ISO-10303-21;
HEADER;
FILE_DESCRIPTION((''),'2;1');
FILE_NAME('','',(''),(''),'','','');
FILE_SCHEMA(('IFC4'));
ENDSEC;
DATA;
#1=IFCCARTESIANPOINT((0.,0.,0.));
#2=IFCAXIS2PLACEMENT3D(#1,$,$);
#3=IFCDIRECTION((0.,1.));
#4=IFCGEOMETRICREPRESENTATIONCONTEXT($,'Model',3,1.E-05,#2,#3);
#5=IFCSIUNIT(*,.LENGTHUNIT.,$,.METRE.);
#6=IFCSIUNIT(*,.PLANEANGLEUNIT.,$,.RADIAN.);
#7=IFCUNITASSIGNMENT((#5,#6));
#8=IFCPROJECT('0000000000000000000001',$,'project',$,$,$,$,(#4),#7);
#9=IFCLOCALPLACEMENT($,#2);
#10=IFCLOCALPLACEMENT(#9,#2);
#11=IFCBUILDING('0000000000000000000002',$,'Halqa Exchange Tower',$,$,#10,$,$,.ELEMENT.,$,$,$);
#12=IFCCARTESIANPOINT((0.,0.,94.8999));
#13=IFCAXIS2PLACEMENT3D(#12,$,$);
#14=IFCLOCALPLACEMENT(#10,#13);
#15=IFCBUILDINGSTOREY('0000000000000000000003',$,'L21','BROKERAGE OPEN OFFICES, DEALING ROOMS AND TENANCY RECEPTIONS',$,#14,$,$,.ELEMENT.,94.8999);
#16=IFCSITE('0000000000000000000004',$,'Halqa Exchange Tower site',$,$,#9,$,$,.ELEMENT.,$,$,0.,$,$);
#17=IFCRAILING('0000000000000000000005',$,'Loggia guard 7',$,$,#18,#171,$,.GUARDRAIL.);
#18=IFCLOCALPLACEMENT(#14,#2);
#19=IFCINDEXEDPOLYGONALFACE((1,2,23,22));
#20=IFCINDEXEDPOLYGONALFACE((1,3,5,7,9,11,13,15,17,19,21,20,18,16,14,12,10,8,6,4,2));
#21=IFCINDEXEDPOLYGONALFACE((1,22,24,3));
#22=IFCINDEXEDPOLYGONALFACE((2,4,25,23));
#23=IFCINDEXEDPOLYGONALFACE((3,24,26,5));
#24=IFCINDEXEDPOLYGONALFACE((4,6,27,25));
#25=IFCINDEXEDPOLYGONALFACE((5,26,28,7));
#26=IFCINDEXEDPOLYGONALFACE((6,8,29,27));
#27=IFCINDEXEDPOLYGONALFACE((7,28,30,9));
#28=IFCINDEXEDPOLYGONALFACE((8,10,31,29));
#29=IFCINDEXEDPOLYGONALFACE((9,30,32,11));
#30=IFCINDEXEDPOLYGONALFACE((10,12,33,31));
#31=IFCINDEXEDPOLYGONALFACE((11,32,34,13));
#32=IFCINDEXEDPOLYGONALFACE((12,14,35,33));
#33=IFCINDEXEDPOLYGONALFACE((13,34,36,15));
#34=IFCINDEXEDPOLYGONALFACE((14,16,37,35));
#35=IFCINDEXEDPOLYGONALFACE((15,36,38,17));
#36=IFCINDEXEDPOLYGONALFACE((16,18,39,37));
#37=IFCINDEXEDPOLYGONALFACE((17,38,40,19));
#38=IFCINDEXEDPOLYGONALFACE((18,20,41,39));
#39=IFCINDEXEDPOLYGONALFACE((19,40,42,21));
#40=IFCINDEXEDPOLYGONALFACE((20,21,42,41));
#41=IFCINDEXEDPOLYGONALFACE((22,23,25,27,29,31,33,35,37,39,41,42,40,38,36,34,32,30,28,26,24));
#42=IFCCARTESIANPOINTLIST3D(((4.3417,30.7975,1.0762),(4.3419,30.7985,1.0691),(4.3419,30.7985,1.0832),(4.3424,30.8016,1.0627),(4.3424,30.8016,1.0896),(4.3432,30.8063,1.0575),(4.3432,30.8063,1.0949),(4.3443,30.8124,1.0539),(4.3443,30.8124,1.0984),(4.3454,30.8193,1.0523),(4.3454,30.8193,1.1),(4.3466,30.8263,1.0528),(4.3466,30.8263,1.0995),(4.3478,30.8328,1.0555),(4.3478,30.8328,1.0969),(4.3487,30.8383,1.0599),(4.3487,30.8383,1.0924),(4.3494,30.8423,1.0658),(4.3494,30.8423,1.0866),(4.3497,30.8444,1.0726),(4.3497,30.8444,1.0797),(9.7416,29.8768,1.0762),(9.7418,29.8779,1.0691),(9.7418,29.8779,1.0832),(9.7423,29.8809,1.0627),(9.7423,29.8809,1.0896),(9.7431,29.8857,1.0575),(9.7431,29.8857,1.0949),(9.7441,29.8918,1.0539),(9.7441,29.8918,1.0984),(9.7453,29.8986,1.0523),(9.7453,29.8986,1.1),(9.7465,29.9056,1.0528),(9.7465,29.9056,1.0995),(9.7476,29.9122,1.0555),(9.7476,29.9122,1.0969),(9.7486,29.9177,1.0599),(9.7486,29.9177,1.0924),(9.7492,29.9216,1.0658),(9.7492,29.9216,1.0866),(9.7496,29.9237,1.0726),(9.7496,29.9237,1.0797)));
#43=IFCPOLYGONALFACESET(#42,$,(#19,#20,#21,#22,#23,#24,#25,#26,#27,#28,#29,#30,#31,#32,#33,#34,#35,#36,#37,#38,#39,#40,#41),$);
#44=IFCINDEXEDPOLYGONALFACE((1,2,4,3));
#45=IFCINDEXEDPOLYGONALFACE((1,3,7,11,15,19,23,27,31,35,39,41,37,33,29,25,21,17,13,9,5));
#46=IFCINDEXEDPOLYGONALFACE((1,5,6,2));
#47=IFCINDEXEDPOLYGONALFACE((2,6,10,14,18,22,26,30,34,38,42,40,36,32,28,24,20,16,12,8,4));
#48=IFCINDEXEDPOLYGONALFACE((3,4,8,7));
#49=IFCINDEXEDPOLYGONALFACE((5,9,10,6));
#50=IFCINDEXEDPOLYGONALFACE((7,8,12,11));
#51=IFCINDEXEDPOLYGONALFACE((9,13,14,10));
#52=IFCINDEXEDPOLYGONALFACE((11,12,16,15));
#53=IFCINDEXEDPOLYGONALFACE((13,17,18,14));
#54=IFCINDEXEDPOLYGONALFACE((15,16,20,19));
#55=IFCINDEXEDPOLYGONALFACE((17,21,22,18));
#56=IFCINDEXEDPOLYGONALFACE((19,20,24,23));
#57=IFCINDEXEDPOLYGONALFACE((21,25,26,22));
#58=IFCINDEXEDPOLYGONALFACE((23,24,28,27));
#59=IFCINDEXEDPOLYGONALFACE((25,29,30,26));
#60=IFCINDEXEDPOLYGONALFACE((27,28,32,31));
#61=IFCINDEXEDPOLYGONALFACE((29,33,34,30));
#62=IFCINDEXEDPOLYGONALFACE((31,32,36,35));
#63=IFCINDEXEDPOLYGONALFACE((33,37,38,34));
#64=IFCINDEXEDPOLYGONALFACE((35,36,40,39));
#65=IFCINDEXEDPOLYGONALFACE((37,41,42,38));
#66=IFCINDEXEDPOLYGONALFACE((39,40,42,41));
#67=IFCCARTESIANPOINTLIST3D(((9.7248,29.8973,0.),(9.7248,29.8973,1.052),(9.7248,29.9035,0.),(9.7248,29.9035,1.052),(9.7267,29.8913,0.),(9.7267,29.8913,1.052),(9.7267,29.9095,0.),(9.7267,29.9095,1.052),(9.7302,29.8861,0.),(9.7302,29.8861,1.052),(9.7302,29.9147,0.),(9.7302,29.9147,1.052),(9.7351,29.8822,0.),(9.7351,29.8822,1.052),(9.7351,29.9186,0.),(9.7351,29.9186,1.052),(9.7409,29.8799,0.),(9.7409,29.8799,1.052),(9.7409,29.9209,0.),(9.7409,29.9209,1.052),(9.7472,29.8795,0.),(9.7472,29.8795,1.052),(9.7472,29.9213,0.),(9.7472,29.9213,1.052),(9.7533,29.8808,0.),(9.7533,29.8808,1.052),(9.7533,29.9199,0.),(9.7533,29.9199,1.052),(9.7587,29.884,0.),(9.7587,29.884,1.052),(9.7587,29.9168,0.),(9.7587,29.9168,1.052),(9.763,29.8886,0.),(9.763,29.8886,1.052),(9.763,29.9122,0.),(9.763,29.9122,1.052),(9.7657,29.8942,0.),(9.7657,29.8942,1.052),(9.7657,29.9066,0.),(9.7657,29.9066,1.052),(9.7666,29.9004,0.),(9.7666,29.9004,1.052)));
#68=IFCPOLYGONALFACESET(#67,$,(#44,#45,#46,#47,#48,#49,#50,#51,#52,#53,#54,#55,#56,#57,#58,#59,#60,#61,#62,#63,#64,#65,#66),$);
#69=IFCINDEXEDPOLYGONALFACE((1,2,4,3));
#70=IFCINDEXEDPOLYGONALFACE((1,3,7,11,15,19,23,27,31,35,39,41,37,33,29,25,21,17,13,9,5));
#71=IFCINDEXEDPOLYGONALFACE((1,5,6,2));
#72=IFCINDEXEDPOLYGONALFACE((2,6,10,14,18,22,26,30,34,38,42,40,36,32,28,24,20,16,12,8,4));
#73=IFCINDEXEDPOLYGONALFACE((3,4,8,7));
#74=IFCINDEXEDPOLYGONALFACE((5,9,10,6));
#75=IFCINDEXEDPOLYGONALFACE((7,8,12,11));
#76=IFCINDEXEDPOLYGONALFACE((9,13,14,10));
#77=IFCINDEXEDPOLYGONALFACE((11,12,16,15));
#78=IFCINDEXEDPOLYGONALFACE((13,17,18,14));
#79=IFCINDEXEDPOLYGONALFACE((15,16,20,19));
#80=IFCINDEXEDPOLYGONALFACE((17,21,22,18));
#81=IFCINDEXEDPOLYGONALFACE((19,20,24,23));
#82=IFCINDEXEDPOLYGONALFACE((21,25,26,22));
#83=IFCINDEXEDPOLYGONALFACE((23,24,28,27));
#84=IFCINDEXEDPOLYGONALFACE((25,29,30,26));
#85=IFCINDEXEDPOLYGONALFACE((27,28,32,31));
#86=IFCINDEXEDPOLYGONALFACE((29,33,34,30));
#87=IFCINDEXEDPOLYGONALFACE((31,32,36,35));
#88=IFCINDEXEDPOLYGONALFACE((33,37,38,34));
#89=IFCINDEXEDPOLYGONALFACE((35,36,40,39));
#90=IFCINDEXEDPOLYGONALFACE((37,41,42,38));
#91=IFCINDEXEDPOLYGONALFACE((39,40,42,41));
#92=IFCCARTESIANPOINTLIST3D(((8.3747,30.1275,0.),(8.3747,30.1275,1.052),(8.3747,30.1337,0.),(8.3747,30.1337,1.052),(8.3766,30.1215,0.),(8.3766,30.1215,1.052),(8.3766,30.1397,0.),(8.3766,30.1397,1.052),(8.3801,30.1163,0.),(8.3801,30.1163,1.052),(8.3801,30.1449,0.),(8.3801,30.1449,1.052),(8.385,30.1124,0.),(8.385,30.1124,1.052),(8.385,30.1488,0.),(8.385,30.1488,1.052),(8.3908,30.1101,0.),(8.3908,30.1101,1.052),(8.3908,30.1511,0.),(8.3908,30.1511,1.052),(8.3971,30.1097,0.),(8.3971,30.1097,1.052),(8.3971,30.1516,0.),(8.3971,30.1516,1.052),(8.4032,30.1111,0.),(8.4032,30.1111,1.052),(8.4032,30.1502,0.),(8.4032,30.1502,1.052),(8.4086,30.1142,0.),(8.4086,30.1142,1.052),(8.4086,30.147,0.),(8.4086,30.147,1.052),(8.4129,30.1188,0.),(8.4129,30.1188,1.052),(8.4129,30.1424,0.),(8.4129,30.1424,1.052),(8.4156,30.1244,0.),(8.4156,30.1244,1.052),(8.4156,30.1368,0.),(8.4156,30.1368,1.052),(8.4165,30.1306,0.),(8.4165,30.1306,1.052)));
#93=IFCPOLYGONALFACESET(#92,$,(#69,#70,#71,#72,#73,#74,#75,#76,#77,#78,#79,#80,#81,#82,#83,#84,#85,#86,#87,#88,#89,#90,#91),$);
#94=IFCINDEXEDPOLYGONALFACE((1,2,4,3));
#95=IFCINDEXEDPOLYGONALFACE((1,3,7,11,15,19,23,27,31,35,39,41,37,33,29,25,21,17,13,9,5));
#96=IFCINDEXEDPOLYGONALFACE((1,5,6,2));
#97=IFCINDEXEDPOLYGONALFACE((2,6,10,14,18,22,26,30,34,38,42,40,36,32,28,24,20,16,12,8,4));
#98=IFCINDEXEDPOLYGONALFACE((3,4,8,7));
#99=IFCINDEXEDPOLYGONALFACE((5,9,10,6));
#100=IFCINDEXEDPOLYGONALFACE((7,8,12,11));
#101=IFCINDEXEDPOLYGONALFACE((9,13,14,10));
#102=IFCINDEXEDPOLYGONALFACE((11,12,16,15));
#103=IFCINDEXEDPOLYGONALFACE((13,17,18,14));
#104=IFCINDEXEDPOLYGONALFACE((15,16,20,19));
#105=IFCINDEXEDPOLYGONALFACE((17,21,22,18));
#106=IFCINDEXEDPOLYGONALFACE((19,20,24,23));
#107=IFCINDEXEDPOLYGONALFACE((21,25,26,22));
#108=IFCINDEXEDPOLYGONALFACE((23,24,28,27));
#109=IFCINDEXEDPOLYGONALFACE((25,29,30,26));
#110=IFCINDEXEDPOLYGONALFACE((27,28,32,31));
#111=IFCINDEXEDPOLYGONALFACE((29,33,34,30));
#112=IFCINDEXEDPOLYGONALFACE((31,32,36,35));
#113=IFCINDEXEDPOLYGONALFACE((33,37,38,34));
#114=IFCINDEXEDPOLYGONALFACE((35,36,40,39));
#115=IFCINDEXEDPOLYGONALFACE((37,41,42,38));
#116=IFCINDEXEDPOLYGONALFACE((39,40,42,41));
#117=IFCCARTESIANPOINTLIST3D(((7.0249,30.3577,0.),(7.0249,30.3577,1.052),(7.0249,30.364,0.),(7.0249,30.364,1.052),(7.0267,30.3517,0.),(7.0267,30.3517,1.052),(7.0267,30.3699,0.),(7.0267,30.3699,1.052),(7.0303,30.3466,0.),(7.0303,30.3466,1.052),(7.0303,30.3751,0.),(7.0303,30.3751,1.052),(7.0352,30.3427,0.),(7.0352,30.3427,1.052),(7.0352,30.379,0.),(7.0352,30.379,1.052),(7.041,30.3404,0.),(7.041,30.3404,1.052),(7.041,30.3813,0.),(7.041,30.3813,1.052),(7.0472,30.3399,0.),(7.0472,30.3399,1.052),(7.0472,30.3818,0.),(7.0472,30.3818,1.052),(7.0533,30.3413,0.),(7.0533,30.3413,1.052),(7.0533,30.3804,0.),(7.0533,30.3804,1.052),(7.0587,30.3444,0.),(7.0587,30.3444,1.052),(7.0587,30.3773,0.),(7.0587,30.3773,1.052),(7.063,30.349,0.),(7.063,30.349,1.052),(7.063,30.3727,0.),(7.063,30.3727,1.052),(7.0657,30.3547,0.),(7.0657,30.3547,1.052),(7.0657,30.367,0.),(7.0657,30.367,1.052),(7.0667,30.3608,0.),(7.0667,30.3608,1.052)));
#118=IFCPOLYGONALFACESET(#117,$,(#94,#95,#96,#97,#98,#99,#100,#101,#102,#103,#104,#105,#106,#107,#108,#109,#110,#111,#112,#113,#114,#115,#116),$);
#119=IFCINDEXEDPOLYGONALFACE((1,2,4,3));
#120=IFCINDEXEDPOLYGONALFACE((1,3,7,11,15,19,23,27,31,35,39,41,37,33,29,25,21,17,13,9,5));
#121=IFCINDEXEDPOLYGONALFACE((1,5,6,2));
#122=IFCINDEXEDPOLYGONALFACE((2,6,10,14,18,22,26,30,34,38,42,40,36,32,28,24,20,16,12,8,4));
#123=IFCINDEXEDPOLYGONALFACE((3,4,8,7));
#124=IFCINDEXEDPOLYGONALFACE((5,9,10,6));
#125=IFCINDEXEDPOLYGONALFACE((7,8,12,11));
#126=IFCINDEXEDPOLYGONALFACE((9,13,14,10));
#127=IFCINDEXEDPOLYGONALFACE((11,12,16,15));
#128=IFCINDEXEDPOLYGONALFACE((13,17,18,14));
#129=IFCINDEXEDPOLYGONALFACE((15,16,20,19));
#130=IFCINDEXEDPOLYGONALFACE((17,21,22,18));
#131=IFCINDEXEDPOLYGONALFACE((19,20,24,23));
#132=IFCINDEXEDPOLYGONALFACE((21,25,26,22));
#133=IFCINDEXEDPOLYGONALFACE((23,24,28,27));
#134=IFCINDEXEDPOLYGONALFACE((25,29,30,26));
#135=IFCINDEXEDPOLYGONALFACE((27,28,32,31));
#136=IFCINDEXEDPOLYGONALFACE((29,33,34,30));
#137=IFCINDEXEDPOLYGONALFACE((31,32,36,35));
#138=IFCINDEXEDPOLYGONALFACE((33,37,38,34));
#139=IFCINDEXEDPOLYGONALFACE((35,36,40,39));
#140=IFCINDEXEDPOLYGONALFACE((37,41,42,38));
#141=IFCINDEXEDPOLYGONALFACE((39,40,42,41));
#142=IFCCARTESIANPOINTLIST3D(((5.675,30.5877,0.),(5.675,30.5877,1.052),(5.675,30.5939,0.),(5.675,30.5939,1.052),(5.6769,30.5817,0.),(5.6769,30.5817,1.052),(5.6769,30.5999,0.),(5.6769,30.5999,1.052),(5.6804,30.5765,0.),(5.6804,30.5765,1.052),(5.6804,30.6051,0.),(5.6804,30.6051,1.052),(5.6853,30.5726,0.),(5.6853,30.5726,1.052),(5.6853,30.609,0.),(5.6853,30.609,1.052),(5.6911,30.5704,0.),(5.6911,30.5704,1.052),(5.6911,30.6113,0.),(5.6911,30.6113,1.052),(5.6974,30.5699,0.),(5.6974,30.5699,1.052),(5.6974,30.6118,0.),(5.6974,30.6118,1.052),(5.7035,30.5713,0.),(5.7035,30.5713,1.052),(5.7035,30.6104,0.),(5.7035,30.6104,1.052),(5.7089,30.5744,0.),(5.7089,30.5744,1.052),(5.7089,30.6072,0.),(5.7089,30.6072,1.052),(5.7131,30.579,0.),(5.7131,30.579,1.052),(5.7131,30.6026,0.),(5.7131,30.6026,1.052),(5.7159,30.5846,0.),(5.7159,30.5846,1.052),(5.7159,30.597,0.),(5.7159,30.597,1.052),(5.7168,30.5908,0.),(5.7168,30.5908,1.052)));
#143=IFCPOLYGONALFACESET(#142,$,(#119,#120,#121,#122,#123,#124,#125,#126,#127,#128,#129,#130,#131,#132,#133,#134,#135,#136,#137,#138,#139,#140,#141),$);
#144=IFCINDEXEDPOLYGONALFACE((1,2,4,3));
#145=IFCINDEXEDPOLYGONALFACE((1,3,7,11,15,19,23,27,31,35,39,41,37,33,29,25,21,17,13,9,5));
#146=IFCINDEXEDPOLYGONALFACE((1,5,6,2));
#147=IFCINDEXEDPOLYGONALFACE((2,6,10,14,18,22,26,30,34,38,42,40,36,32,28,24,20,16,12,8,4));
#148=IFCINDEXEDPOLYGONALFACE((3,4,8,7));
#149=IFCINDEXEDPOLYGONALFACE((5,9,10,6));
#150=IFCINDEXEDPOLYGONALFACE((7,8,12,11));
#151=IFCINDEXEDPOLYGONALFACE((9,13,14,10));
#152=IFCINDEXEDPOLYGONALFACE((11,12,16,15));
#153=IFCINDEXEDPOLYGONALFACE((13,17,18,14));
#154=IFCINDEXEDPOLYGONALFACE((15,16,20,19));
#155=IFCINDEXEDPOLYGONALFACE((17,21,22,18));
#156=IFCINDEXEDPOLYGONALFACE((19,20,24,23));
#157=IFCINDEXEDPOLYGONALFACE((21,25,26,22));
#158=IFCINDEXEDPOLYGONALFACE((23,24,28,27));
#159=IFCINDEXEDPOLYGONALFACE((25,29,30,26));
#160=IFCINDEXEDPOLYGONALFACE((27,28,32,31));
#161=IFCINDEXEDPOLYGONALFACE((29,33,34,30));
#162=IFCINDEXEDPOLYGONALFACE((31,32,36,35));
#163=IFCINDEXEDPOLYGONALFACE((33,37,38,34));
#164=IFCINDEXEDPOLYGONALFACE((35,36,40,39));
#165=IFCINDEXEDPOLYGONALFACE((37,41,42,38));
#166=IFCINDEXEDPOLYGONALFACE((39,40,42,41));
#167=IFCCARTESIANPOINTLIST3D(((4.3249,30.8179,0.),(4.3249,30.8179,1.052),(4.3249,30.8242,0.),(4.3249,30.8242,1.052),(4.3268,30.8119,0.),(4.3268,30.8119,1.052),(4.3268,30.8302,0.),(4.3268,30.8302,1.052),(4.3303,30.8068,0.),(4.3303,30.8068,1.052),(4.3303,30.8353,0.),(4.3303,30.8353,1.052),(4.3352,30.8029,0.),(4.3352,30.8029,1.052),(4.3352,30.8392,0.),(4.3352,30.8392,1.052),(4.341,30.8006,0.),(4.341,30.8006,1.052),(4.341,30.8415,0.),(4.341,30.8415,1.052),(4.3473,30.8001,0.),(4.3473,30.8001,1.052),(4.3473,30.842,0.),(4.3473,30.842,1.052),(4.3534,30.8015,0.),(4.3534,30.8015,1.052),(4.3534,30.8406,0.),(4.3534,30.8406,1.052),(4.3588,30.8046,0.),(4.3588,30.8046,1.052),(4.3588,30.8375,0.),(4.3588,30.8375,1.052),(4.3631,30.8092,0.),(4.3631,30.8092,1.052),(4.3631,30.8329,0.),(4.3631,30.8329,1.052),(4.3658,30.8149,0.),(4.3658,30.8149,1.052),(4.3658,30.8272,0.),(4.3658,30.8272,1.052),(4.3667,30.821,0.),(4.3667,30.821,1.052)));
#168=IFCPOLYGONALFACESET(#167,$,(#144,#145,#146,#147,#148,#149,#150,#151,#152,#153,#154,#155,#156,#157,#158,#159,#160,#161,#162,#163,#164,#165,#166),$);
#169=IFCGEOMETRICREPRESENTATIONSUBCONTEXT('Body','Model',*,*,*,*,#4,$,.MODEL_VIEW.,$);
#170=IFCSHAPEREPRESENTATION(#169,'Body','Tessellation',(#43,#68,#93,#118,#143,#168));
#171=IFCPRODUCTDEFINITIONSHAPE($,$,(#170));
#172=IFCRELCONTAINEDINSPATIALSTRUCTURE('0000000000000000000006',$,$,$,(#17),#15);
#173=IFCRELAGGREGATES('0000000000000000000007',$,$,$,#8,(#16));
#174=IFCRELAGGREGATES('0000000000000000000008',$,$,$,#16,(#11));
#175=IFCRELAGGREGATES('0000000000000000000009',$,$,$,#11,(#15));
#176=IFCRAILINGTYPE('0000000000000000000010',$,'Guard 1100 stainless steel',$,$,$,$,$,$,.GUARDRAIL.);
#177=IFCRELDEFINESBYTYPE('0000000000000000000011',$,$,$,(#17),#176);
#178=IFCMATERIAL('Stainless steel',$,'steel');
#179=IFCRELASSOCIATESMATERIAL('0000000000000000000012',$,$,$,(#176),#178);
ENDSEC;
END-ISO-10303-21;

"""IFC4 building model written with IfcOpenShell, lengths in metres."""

from ifc_helpers import new_model, si_unit, direction, frame, origin, origin_2d, place, context, subcontext, project, spatial, circle, extrude, material, type_object, element, save


model = new_model("IFC4")

# Units and contexts
model_context = context("Model", 3, precision=1e-05, world=origin(), true_north=direction((0.0, 1.0)))
body_context = subcontext(model_context, "Body", "Model", "MODEL_VIEW")
ifc_project = project(units=[si_unit("LENGTHUNIT", "METRE"), si_unit("PLANEANGLEUNIT", "RADIAN")], contexts=[model_context])

# Site, building, storey
site_placement = place(None, origin())
site = spatial("IfcSite", under=ifc_project, at=site_placement, Name="Halqa Exchange Tower site", CompositionType="ELEMENT", RefElevation=0.0)
building_placement = place(site_placement, origin())
building = spatial("IfcBuilding", under=site, at=building_placement, Name="Halqa Exchange Tower", CompositionType="ELEMENT")
storey_placement = place(building_placement, frame((0.0, 0.0, 94.8999)))
storey = spatial("IfcBuildingStorey", under=building, at=storey_placement, Name="L21", Description="BROKERAGE OPEN OFFICES, DEALING ROOMS AND TENANCY RECEPTIONS", CompositionType="ELEMENT", Elevation=94.8999)

# Railing
ifc_material_1 = material(Name="Stainless steel", Category="steel")
railing_type_1 = type_object("IfcRailingType", Name="Guard 1100 stainless steel", PredefinedType="GUARDRAIL", material=ifc_material_1)
railing_1_placement = place(storey_placement, frame((9.7456, 29.9004, 0.0)))
element("IfcRailing", 1, at=railing_1_placement, inside=storey, type_object=railing_type_1, Name="Loggia guard 7", PredefinedType="GUARDRAIL", context=body_context, shape_type="SweptSolid", body=[
    extrude(circle(Radius=0.0239, at=origin_2d()), frame((0.0, 0.0, 1.0762), z_axis=(-0.985775, 0.168069, 0.0), x_axis=(-0.168069, -0.985775, 0.0)), (0.0, 0.0, 1.0), 5.4778),
    extrude(circle(Radius=0.021, at=origin_2d()), origin(), (0.0, 0.0, 1.0), 1.052),
    extrude(circle(Radius=0.021, at=origin_2d()), frame((-1.3501, 0.2302, 0.0)), (0.0, 0.0, 1.0), 1.052),
    extrude(circle(Radius=0.021, at=origin_2d()), frame((-2.7, 0.4604, 0.0)), (0.0, 0.0, 1.0), 1.052),
    extrude(circle(Radius=0.021, at=origin_2d()), frame((-4.0498, 0.6904, 0.0)), (0.0, 0.0, 1.0), 1.052),
    extrude(circle(Radius=0.021, at=origin_2d()), frame((-5.3999, 0.9207, 0.0)), (0.0, 0.0, 1.0), 1.052),
])

save(model, "model.ifc")
